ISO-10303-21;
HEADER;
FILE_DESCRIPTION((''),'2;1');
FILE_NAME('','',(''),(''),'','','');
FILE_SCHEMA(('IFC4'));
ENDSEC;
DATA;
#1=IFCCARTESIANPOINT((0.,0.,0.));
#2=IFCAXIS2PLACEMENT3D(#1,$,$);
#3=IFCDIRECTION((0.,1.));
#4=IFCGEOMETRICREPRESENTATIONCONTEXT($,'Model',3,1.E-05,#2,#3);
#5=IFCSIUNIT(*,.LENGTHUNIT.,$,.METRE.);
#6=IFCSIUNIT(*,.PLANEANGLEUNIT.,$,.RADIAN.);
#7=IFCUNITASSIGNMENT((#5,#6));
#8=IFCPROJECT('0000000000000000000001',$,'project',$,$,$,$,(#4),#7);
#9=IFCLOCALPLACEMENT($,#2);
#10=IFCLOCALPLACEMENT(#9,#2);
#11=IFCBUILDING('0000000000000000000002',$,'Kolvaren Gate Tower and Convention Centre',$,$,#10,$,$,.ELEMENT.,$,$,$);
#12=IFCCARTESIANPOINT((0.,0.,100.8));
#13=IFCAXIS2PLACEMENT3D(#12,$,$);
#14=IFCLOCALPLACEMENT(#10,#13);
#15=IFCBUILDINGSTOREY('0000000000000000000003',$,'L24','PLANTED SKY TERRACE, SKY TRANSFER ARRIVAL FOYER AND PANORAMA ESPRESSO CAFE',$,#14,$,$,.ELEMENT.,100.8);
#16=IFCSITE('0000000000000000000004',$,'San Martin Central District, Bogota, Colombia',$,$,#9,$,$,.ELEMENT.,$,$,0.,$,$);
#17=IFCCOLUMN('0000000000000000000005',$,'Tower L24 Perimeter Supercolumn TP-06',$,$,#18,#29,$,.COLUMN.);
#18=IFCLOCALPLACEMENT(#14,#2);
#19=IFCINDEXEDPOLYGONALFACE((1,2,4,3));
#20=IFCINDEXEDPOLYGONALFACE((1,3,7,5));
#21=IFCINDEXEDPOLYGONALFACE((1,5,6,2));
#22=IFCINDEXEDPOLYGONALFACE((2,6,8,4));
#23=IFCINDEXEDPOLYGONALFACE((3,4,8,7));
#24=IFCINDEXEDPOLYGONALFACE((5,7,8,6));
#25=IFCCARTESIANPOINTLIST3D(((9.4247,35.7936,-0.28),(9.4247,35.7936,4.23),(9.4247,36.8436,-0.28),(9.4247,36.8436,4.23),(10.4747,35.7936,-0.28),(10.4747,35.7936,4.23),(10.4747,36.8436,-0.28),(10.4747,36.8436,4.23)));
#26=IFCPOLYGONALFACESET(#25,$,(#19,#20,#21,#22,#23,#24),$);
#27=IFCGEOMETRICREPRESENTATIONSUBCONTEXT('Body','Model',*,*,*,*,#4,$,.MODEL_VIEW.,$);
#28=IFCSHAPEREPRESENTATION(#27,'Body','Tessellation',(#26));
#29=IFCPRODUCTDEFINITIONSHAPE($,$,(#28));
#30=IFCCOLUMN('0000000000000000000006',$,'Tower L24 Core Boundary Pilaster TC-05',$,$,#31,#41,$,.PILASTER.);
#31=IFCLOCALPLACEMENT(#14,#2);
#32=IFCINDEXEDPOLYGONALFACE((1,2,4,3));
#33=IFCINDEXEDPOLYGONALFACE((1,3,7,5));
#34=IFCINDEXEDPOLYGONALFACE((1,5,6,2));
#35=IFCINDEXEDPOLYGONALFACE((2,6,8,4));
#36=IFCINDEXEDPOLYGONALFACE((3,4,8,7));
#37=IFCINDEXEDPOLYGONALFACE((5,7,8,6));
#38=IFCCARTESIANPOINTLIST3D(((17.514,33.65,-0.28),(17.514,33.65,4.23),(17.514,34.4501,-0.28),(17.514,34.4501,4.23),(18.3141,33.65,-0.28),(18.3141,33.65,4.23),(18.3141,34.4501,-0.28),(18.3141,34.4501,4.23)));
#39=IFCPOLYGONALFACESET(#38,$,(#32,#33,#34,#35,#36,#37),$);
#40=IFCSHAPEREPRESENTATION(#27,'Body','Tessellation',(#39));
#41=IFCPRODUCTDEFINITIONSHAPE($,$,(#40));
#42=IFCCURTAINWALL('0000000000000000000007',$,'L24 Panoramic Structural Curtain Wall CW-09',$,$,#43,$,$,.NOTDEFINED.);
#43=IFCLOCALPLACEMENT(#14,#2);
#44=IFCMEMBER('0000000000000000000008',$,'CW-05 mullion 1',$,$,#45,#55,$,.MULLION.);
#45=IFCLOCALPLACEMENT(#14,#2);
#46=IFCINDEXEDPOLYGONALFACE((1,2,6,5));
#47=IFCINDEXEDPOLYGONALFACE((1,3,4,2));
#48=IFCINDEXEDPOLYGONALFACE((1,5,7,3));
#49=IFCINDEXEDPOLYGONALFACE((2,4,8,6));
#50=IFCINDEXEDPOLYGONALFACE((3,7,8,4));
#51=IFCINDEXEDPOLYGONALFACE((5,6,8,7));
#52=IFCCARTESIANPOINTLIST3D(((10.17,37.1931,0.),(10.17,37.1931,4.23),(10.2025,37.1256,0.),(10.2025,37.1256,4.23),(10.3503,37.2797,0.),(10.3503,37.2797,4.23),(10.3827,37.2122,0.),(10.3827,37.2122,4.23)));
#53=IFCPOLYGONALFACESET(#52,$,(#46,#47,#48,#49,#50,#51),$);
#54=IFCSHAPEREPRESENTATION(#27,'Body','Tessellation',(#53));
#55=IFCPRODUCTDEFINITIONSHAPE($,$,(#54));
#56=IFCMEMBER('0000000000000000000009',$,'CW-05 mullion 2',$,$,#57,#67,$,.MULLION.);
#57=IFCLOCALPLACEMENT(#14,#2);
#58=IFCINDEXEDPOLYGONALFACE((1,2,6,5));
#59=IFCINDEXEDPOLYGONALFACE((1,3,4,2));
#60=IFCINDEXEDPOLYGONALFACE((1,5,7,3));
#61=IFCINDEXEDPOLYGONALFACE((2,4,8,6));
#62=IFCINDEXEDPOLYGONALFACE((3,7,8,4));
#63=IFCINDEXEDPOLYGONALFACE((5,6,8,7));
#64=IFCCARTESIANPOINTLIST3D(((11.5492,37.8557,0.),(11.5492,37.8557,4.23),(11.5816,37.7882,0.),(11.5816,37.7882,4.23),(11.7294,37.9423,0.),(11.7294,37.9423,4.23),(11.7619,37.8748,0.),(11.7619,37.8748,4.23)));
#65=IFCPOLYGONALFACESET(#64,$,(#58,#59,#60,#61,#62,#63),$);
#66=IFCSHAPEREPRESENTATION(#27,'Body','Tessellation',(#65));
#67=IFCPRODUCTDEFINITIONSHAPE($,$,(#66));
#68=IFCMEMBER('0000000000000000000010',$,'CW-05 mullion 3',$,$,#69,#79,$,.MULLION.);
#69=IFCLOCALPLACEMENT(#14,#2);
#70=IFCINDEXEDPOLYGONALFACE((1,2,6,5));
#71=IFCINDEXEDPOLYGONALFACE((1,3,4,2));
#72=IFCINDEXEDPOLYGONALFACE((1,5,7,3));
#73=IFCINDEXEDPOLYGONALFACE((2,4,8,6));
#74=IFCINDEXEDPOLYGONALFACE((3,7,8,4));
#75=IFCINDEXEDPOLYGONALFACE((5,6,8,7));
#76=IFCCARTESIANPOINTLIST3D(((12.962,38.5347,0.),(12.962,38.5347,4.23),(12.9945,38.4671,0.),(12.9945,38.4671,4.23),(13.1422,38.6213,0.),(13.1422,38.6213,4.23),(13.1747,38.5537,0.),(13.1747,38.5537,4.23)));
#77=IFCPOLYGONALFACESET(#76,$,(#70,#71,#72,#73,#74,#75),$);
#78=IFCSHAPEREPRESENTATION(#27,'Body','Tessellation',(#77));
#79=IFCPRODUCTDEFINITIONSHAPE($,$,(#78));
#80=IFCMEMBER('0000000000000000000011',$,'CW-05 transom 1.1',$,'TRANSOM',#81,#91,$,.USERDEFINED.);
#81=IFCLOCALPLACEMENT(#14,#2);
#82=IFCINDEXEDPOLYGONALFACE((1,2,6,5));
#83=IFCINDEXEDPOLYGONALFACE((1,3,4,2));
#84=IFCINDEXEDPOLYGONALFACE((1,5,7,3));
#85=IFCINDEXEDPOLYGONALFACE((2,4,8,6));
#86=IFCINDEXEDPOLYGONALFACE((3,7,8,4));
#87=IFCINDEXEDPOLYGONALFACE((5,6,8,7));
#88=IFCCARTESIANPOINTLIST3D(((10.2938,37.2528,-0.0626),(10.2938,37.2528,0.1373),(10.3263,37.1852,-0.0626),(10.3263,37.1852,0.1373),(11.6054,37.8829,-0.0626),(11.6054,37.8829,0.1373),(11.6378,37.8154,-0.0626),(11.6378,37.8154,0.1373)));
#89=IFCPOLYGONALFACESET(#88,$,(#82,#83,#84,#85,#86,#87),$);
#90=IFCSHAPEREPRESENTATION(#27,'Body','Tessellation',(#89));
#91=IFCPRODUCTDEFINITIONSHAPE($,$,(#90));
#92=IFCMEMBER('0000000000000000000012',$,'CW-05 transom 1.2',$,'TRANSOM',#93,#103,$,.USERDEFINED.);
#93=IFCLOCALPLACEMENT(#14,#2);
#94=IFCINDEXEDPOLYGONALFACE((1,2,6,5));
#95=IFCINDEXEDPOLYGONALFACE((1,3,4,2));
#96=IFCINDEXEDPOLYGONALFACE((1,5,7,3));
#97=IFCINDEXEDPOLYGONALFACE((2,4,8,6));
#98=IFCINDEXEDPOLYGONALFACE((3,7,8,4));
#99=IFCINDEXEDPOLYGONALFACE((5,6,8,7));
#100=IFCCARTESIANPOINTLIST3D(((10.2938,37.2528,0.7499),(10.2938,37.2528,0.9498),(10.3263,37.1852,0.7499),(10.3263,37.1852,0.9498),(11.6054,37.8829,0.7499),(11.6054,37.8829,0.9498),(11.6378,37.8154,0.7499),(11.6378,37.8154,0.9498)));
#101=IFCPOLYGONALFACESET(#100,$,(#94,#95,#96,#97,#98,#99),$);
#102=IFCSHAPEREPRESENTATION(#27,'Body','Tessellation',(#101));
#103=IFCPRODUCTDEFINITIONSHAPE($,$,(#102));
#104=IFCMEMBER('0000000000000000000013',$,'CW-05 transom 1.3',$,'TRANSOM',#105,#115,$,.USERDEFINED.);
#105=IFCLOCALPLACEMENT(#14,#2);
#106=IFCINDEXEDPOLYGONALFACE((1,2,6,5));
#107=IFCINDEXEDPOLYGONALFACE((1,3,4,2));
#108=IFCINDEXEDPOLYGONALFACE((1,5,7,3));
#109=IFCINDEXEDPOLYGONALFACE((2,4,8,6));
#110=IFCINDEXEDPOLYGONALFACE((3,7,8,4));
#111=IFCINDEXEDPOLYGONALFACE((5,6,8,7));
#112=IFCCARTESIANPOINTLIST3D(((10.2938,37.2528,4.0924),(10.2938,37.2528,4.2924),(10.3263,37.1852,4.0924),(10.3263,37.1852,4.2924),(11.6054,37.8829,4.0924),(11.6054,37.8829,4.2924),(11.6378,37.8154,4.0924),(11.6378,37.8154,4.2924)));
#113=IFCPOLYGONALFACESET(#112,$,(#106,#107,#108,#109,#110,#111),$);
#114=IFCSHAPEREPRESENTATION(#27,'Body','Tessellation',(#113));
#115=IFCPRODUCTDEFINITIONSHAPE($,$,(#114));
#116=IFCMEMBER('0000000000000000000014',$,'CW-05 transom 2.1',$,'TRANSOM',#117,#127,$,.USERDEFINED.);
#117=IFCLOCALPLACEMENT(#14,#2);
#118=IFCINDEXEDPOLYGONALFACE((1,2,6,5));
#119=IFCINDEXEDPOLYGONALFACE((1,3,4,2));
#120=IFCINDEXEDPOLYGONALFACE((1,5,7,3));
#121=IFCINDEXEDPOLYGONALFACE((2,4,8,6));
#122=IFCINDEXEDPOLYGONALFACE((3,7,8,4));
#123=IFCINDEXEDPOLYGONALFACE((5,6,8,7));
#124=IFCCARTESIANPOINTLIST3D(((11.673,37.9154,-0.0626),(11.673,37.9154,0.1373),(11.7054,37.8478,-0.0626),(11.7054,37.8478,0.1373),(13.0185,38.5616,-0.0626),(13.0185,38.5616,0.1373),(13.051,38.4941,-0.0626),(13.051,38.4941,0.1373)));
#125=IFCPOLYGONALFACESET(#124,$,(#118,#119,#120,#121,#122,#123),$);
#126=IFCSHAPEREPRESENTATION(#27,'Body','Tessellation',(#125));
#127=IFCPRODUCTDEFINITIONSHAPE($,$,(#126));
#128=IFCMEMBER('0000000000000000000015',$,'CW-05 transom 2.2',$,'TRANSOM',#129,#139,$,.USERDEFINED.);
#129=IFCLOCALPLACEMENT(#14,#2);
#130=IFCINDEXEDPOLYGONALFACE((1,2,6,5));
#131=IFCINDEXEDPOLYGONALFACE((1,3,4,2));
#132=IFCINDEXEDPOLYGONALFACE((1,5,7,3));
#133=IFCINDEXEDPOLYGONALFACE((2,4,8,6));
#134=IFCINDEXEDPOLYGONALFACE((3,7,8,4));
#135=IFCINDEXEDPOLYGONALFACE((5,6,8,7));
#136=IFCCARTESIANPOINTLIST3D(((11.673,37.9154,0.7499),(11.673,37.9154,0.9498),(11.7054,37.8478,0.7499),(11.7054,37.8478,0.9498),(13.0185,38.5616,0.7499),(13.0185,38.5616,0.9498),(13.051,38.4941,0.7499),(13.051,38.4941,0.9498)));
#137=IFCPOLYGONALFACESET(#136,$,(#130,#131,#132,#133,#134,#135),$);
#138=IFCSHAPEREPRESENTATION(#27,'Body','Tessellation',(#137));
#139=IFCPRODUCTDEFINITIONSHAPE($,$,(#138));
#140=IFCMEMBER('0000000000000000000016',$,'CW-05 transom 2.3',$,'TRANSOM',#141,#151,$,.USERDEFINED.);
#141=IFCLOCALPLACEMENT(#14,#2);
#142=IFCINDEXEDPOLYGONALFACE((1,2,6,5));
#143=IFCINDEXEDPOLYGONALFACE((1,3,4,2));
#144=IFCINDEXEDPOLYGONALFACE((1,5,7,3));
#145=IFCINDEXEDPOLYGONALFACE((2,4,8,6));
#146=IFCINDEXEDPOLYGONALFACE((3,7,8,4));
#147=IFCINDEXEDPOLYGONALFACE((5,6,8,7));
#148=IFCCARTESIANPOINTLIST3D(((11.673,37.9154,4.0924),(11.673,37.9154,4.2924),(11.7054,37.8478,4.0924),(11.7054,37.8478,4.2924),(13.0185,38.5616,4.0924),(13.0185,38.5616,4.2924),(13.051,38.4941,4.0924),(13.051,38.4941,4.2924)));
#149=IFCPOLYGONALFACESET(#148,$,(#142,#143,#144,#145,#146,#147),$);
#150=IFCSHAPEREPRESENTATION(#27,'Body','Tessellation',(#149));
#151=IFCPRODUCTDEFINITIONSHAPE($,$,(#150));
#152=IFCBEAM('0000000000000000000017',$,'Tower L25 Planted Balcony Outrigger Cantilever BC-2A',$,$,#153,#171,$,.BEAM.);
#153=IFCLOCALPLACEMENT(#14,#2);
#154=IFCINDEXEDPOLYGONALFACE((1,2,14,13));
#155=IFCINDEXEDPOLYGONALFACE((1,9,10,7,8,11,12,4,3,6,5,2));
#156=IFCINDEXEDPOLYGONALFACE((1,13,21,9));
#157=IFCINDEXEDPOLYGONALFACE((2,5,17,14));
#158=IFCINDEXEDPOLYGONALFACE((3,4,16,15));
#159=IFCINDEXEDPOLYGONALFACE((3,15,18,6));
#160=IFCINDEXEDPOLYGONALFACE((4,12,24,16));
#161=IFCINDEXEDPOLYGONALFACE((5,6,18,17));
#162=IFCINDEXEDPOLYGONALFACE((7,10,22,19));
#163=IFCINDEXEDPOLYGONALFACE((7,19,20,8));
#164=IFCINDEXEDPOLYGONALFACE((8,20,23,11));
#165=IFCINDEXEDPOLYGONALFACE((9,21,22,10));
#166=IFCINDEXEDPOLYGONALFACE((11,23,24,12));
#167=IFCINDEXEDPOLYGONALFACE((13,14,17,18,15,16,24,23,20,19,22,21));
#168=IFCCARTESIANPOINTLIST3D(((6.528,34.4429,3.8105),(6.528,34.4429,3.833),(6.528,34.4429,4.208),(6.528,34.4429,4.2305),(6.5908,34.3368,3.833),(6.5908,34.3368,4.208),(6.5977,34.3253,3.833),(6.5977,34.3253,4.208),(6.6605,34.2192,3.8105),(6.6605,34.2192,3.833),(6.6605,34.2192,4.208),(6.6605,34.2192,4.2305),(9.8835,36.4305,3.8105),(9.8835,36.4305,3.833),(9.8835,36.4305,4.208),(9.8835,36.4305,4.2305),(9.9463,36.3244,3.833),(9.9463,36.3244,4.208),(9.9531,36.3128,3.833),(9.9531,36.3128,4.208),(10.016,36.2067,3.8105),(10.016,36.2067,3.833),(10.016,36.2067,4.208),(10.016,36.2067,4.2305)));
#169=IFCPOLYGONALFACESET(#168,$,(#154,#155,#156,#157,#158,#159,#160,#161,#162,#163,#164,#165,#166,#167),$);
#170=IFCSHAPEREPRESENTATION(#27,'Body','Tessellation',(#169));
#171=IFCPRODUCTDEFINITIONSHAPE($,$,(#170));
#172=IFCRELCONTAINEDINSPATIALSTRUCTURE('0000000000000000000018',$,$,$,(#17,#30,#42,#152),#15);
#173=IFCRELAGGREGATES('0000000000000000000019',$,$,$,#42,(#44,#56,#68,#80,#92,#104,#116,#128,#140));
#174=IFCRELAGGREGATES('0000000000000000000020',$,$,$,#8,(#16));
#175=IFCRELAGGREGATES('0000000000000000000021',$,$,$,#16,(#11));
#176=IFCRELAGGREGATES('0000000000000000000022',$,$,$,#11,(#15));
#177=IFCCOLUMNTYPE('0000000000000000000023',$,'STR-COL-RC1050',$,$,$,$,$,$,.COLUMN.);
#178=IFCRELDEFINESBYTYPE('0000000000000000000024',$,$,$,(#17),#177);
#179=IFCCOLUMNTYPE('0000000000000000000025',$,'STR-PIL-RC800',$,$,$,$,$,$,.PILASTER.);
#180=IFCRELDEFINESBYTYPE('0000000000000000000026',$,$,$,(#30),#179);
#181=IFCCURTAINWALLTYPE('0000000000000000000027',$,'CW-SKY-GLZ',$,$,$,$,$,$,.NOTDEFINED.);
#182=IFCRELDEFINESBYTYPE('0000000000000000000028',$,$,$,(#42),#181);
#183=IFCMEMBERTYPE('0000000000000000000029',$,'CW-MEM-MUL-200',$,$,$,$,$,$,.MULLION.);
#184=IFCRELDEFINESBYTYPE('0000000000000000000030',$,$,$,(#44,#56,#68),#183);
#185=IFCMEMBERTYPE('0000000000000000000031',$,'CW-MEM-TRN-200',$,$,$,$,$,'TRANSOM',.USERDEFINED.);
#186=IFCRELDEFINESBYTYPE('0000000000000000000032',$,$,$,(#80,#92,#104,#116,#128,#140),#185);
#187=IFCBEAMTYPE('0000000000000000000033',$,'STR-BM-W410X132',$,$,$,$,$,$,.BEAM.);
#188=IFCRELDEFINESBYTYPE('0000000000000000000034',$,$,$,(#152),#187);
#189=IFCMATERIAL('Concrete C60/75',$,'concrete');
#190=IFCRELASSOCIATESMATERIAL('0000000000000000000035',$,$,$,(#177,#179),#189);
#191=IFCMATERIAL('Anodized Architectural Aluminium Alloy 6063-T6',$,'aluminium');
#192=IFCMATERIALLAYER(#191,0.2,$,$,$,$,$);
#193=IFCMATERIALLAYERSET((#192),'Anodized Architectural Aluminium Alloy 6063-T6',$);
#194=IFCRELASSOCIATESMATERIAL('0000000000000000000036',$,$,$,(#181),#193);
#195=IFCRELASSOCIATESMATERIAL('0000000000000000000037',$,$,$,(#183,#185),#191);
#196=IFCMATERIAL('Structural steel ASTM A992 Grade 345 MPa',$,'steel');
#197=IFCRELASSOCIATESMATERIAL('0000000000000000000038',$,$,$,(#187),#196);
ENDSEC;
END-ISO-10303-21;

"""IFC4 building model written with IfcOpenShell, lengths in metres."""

from ifc_helpers import new_model, si_unit, direction, frame, origin, origin_2d, place, context, subcontext, project, spatial, rectangle, i_section, extrude, material, layer, layer_set, material_profile, profile_set, type_object, element, aggregate, save


model = new_model("IFC4")

# Units and contexts
model_context = context("Model", 3, precision=1e-05, world=origin(), true_north=direction((0.0, 1.0)))
body_context = subcontext(model_context, "Body", "Model", "MODEL_VIEW")
ifc_project = project(units=[si_unit("LENGTHUNIT", "METRE"), si_unit("PLANEANGLEUNIT", "RADIAN")], contexts=[model_context])

# Site, building, storey
site_placement = place(None, origin())
site = spatial("IfcSite", under=ifc_project, at=site_placement, Name="San Martin Central District, Bogota, Colombia", CompositionType="ELEMENT", RefElevation=0.0)
building_placement = place(site_placement, origin())
building = spatial("IfcBuilding", under=site, at=building_placement, Name="Kolvaren Gate Tower and Convention Centre", CompositionType="ELEMENT")
storey_placement = place(building_placement, frame((0.0, 0.0, 100.8)))
storey = spatial("IfcBuildingStorey", under=building, at=storey_placement, Name="L24", Description="PLANTED SKY TERRACE, SKY TRANSFER ARRIVAL FOYER AND PANORAMA ESPRESSO CAFE", CompositionType="ELEMENT", Elevation=100.8)

# Columns
ifc_material_1 = material(Name="Concrete C60/75", Category="concrete")
ifc_material_profile_1 = material_profile(ifc_material_1, rectangle(XDim=1.05, YDim=1.05, at=origin_2d()), Name="RC-COL-1050X1050")
ifc_profile_set_1 = profile_set([ifc_material_profile_1], Name="Concrete C60/75")
column_type_1 = type_object("IfcColumnType", Name="STR-COL-RC1050", PredefinedType="COLUMN", material=ifc_profile_set_1)
column_1_placement = place(storey_placement, frame((9.9497, 36.3186, -0.28), z_axis=(0.0, 0.0, 1.0), x_axis=(1.0, 0.0, 0.0)))
element("IfcColumn", 1, at=column_1_placement, inside=storey, type_object=column_type_1, Name="Tower L24 Perimeter Supercolumn TP-06", PredefinedType="COLUMN", context=body_context, shape_type="SweptSolid", body=[
    extrude(rectangle(XDim=1.05, YDim=1.05, at=origin_2d()), origin(), (0.0, 0.0, 1.0), 4.51),
])
ifc_material_profile_2 = material_profile(ifc_material_1, rectangle(XDim=0.8, YDim=0.8, at=origin_2d()), Name="RC-COL-800X800")
ifc_profile_set_2 = profile_set([ifc_material_profile_2], Name="Concrete C60/75")
column_type_2 = type_object("IfcColumnType", Name="STR-PIL-RC800", PredefinedType="PILASTER", material=ifc_profile_set_2)
column_2_placement = place(storey_placement, frame((17.9141, 34.05, -0.28), z_axis=(0.0, 0.0, 1.0), x_axis=(1.0, 0.0, 0.0)))
element("IfcColumn", 2, at=column_2_placement, inside=storey, type_object=column_type_2, Name="Tower L24 Core Boundary Pilaster TC-05", PredefinedType="PILASTER", context=body_context, shape_type="SweptSolid", body=[
    extrude(rectangle(XDim=0.8, YDim=0.8, at=origin_2d()), origin(), (0.0, 0.0, 1.0), 4.51),
])

# Curtain wall, members
ifc_material_2 = material(Name="Anodized Architectural Aluminium Alloy 6063-T6", Category="aluminium")
ifc_layer_1 = layer(ifc_material_2, 0.2)
ifc_layer_set_1 = layer_set([ifc_layer_1], Name="Anodized Architectural Aluminium Alloy 6063-T6")
curtain_wall_type = type_object("IfcCurtainWallType", Name="CW-SKY-GLZ", PredefinedType="NOTDEFINED", material=ifc_layer_set_1)
curtain_wall_placement = place(storey_placement, origin())
curtain_wall = element("IfcCurtainWall", 3, at=curtain_wall_placement, inside=storey, type_object=curtain_wall_type, Name="L24 Panoramic Structural Curtain Wall CW-09", PredefinedType="NOTDEFINED")
ifc_material_profile_3 = material_profile(ifc_material_2, rectangle(XDim=0.075, YDim=0.2, at=origin_2d()), Name="CW-MEM-MUL-200")
ifc_profile_set_3 = profile_set([ifc_material_profile_3], Name="Anodized Architectural Aluminium Alloy 6063-T6")
member_type_1 = type_object("IfcMemberType", Name="CW-MEM-MUL-200", PredefinedType="MULLION", material=ifc_profile_set_3)
member_1_placement = place(storey_placement, frame((10.2764, 37.2026, 0.0), z_axis=(0.0, 0.0, 1.0), x_axis=(-0.433073, 0.901359, 0.0)))
member_1 = element("IfcMember", 4, at=member_1_placement, type_object=member_type_1, Name="CW-05 mullion 1", PredefinedType="MULLION", context=body_context, shape_type="SweptSolid", body=[
    extrude(rectangle(XDim=0.075, YDim=0.2, at=origin_2d()), origin(), (0.0, 0.0, 1.0), 4.23),
])
member_2_placement = place(storey_placement, frame((11.6555, 37.8652, 0.0), z_axis=(0.0, 0.0, 1.0), x_axis=(-0.433073, 0.901359, 0.0)))
member_2 = element("IfcMember", 5, at=member_2_placement, type_object=member_type_1, Name="CW-05 mullion 2", PredefinedType="MULLION", context=body_context, shape_type="SweptSolid", body=[
    extrude(rectangle(XDim=0.075, YDim=0.2, at=origin_2d()), origin(), (0.0, 0.0, 1.0), 4.23),
])
member_3_placement = place(storey_placement, frame((13.0684, 38.5442, 0.0), z_axis=(0.0, 0.0, 1.0), x_axis=(-0.433073, 0.901359, 0.0)))
member_3 = element("IfcMember", 6, at=member_3_placement, type_object=member_type_1, Name="CW-05 mullion 3", PredefinedType="MULLION", context=body_context, shape_type="SweptSolid", body=[
    extrude(rectangle(XDim=0.075, YDim=0.2, at=origin_2d()), origin(), (0.0, 0.0, 1.0), 4.23),
])
ifc_material_profile_4 = material_profile(ifc_material_2, rectangle(XDim=0.075, YDim=0.2, at=origin_2d()), Name="CW-MEM-TRN-200")
ifc_profile_set_4 = profile_set([ifc_material_profile_4], Name="Anodized Architectural Aluminium Alloy 6063-T6")
member_type_2 = type_object("IfcMemberType", Name="CW-MEM-TRN-200", ElementType="TRANSOM", PredefinedType="USERDEFINED", material=ifc_profile_set_4)
member_4_placement = place(storey_placement, frame((10.3101, 37.219, 0.0374), z_axis=(0.901363, 0.433064, 0.0), x_axis=(-0.433064, 0.901363, 0.0)))
member_4 = element("IfcMember", 7, at=member_4_placement, type_object=member_type_2, Name="CW-05 transom 1.1", ObjectType="TRANSOM", PredefinedType="USERDEFINED", context=body_context, shape_type="SweptSolid", body=[
    extrude(rectangle(XDim=0.075, YDim=0.2, at=origin_2d()), origin(), (0.0, 0.0, 1.0), 1.4551),
])
member_5_placement = place(storey_placement, frame((10.3101, 37.219, 0.8499), z_axis=(0.901363, 0.433064, 0.0), x_axis=(-0.433064, 0.901363, 0.0)))
member_5 = element("IfcMember", 8, at=member_5_placement, type_object=member_type_2, Name="CW-05 transom 1.2", ObjectType="TRANSOM", PredefinedType="USERDEFINED", context=body_context, shape_type="SweptSolid", body=[
    extrude(rectangle(XDim=0.075, YDim=0.2, at=origin_2d()), origin(), (0.0, 0.0, 1.0), 1.4551),
])
member_6_placement = place(storey_placement, frame((10.3101, 37.219, 4.1924), z_axis=(0.901363, 0.433064, 0.0), x_axis=(-0.433064, 0.901363, 0.0)))
member_6 = element("IfcMember", 9, at=member_6_placement, type_object=member_type_2, Name="CW-05 transom 1.3", ObjectType="TRANSOM", PredefinedType="USERDEFINED", context=body_context, shape_type="SweptSolid", body=[
    extrude(rectangle(XDim=0.075, YDim=0.2, at=origin_2d()), origin(), (0.0, 0.0, 1.0), 1.4551),
])
member_7_placement = place(storey_placement, frame((11.6892, 37.8816, 0.0374), z_axis=(0.901413, 0.43296, 0.0), x_axis=(-0.43296, 0.901413, 0.0)))
member_7 = element("IfcMember", 10, at=member_7_placement, type_object=member_type_2, Name="CW-05 transom 2.1", ObjectType="TRANSOM", PredefinedType="USERDEFINED", context=body_context, shape_type="SweptSolid", body=[
    extrude(rectangle(XDim=0.075, YDim=0.2, at=origin_2d()), origin(), (0.0, 0.0, 1.0), 1.4927),
])
member_8_placement = place(storey_placement, frame((11.6892, 37.8816, 0.8499), z_axis=(0.901413, 0.43296, 0.0), x_axis=(-0.43296, 0.901413, 0.0)))
member_8 = element("IfcMember", 11, at=member_8_placement, type_object=member_type_2, Name="CW-05 transom 2.2", ObjectType="TRANSOM", PredefinedType="USERDEFINED", context=body_context, shape_type="SweptSolid", body=[
    extrude(rectangle(XDim=0.075, YDim=0.2, at=origin_2d()), origin(), (0.0, 0.0, 1.0), 1.4927),
])
member_9_placement = place(storey_placement, frame((11.6892, 37.8816, 4.1924), z_axis=(0.901413, 0.43296, 0.0), x_axis=(-0.43296, 0.901413, 0.0)))
member_9 = element("IfcMember", 12, at=member_9_placement, type_object=member_type_2, Name="CW-05 transom 2.3", ObjectType="TRANSOM", PredefinedType="USERDEFINED", context=body_context, shape_type="SweptSolid", body=[
    extrude(rectangle(XDim=0.075, YDim=0.2, at=origin_2d()), origin(), (0.0, 0.0, 1.0), 1.4927),
])

# Beam
ifc_material_3 = material(Name="Structural steel ASTM A992 Grade 345 MPa", Category="steel")
ifc_material_profile_5 = material_profile(ifc_material_3, i_section(OverallWidth=0.26, OverallDepth=0.4199, WebThickness=0.0134, FlangeThickness=0.0225, at=origin_2d()), Name="W410X132")
ifc_profile_set_5 = profile_set([ifc_material_profile_5], Name="Structural steel ASTM A992 Grade 345 MPa")
beam_type_1 = type_object("IfcBeamType", Name="STR-BM-W410X132", PredefinedType="BEAM", material=ifc_profile_set_5)
beam_1_placement = place(storey_placement, frame((9.9497, 36.3186, 4.0205), z_axis=(-0.86039, -0.509636, 0.0), x_axis=(0.509636, -0.86039, 0.0)))
element("IfcBeam", 13, at=beam_1_placement, inside=storey, type_object=beam_type_1, Name="Tower L25 Planted Balcony Outrigger Cantilever BC-2A", PredefinedType="BEAM", context=body_context, shape_type="SweptSolid", body=[
    extrude(i_section(OverallWidth=0.26, OverallDepth=0.4199, WebThickness=0.0134, FlangeThickness=0.0225, at=origin_2d()), origin(), (0.0, 0.0, 1.0), 3.8999),
])

aggregate(curtain_wall, [member_1, member_2, member_3, member_4, member_5, member_6, member_7, member_8, member_9])

save(model, "model.ifc")
